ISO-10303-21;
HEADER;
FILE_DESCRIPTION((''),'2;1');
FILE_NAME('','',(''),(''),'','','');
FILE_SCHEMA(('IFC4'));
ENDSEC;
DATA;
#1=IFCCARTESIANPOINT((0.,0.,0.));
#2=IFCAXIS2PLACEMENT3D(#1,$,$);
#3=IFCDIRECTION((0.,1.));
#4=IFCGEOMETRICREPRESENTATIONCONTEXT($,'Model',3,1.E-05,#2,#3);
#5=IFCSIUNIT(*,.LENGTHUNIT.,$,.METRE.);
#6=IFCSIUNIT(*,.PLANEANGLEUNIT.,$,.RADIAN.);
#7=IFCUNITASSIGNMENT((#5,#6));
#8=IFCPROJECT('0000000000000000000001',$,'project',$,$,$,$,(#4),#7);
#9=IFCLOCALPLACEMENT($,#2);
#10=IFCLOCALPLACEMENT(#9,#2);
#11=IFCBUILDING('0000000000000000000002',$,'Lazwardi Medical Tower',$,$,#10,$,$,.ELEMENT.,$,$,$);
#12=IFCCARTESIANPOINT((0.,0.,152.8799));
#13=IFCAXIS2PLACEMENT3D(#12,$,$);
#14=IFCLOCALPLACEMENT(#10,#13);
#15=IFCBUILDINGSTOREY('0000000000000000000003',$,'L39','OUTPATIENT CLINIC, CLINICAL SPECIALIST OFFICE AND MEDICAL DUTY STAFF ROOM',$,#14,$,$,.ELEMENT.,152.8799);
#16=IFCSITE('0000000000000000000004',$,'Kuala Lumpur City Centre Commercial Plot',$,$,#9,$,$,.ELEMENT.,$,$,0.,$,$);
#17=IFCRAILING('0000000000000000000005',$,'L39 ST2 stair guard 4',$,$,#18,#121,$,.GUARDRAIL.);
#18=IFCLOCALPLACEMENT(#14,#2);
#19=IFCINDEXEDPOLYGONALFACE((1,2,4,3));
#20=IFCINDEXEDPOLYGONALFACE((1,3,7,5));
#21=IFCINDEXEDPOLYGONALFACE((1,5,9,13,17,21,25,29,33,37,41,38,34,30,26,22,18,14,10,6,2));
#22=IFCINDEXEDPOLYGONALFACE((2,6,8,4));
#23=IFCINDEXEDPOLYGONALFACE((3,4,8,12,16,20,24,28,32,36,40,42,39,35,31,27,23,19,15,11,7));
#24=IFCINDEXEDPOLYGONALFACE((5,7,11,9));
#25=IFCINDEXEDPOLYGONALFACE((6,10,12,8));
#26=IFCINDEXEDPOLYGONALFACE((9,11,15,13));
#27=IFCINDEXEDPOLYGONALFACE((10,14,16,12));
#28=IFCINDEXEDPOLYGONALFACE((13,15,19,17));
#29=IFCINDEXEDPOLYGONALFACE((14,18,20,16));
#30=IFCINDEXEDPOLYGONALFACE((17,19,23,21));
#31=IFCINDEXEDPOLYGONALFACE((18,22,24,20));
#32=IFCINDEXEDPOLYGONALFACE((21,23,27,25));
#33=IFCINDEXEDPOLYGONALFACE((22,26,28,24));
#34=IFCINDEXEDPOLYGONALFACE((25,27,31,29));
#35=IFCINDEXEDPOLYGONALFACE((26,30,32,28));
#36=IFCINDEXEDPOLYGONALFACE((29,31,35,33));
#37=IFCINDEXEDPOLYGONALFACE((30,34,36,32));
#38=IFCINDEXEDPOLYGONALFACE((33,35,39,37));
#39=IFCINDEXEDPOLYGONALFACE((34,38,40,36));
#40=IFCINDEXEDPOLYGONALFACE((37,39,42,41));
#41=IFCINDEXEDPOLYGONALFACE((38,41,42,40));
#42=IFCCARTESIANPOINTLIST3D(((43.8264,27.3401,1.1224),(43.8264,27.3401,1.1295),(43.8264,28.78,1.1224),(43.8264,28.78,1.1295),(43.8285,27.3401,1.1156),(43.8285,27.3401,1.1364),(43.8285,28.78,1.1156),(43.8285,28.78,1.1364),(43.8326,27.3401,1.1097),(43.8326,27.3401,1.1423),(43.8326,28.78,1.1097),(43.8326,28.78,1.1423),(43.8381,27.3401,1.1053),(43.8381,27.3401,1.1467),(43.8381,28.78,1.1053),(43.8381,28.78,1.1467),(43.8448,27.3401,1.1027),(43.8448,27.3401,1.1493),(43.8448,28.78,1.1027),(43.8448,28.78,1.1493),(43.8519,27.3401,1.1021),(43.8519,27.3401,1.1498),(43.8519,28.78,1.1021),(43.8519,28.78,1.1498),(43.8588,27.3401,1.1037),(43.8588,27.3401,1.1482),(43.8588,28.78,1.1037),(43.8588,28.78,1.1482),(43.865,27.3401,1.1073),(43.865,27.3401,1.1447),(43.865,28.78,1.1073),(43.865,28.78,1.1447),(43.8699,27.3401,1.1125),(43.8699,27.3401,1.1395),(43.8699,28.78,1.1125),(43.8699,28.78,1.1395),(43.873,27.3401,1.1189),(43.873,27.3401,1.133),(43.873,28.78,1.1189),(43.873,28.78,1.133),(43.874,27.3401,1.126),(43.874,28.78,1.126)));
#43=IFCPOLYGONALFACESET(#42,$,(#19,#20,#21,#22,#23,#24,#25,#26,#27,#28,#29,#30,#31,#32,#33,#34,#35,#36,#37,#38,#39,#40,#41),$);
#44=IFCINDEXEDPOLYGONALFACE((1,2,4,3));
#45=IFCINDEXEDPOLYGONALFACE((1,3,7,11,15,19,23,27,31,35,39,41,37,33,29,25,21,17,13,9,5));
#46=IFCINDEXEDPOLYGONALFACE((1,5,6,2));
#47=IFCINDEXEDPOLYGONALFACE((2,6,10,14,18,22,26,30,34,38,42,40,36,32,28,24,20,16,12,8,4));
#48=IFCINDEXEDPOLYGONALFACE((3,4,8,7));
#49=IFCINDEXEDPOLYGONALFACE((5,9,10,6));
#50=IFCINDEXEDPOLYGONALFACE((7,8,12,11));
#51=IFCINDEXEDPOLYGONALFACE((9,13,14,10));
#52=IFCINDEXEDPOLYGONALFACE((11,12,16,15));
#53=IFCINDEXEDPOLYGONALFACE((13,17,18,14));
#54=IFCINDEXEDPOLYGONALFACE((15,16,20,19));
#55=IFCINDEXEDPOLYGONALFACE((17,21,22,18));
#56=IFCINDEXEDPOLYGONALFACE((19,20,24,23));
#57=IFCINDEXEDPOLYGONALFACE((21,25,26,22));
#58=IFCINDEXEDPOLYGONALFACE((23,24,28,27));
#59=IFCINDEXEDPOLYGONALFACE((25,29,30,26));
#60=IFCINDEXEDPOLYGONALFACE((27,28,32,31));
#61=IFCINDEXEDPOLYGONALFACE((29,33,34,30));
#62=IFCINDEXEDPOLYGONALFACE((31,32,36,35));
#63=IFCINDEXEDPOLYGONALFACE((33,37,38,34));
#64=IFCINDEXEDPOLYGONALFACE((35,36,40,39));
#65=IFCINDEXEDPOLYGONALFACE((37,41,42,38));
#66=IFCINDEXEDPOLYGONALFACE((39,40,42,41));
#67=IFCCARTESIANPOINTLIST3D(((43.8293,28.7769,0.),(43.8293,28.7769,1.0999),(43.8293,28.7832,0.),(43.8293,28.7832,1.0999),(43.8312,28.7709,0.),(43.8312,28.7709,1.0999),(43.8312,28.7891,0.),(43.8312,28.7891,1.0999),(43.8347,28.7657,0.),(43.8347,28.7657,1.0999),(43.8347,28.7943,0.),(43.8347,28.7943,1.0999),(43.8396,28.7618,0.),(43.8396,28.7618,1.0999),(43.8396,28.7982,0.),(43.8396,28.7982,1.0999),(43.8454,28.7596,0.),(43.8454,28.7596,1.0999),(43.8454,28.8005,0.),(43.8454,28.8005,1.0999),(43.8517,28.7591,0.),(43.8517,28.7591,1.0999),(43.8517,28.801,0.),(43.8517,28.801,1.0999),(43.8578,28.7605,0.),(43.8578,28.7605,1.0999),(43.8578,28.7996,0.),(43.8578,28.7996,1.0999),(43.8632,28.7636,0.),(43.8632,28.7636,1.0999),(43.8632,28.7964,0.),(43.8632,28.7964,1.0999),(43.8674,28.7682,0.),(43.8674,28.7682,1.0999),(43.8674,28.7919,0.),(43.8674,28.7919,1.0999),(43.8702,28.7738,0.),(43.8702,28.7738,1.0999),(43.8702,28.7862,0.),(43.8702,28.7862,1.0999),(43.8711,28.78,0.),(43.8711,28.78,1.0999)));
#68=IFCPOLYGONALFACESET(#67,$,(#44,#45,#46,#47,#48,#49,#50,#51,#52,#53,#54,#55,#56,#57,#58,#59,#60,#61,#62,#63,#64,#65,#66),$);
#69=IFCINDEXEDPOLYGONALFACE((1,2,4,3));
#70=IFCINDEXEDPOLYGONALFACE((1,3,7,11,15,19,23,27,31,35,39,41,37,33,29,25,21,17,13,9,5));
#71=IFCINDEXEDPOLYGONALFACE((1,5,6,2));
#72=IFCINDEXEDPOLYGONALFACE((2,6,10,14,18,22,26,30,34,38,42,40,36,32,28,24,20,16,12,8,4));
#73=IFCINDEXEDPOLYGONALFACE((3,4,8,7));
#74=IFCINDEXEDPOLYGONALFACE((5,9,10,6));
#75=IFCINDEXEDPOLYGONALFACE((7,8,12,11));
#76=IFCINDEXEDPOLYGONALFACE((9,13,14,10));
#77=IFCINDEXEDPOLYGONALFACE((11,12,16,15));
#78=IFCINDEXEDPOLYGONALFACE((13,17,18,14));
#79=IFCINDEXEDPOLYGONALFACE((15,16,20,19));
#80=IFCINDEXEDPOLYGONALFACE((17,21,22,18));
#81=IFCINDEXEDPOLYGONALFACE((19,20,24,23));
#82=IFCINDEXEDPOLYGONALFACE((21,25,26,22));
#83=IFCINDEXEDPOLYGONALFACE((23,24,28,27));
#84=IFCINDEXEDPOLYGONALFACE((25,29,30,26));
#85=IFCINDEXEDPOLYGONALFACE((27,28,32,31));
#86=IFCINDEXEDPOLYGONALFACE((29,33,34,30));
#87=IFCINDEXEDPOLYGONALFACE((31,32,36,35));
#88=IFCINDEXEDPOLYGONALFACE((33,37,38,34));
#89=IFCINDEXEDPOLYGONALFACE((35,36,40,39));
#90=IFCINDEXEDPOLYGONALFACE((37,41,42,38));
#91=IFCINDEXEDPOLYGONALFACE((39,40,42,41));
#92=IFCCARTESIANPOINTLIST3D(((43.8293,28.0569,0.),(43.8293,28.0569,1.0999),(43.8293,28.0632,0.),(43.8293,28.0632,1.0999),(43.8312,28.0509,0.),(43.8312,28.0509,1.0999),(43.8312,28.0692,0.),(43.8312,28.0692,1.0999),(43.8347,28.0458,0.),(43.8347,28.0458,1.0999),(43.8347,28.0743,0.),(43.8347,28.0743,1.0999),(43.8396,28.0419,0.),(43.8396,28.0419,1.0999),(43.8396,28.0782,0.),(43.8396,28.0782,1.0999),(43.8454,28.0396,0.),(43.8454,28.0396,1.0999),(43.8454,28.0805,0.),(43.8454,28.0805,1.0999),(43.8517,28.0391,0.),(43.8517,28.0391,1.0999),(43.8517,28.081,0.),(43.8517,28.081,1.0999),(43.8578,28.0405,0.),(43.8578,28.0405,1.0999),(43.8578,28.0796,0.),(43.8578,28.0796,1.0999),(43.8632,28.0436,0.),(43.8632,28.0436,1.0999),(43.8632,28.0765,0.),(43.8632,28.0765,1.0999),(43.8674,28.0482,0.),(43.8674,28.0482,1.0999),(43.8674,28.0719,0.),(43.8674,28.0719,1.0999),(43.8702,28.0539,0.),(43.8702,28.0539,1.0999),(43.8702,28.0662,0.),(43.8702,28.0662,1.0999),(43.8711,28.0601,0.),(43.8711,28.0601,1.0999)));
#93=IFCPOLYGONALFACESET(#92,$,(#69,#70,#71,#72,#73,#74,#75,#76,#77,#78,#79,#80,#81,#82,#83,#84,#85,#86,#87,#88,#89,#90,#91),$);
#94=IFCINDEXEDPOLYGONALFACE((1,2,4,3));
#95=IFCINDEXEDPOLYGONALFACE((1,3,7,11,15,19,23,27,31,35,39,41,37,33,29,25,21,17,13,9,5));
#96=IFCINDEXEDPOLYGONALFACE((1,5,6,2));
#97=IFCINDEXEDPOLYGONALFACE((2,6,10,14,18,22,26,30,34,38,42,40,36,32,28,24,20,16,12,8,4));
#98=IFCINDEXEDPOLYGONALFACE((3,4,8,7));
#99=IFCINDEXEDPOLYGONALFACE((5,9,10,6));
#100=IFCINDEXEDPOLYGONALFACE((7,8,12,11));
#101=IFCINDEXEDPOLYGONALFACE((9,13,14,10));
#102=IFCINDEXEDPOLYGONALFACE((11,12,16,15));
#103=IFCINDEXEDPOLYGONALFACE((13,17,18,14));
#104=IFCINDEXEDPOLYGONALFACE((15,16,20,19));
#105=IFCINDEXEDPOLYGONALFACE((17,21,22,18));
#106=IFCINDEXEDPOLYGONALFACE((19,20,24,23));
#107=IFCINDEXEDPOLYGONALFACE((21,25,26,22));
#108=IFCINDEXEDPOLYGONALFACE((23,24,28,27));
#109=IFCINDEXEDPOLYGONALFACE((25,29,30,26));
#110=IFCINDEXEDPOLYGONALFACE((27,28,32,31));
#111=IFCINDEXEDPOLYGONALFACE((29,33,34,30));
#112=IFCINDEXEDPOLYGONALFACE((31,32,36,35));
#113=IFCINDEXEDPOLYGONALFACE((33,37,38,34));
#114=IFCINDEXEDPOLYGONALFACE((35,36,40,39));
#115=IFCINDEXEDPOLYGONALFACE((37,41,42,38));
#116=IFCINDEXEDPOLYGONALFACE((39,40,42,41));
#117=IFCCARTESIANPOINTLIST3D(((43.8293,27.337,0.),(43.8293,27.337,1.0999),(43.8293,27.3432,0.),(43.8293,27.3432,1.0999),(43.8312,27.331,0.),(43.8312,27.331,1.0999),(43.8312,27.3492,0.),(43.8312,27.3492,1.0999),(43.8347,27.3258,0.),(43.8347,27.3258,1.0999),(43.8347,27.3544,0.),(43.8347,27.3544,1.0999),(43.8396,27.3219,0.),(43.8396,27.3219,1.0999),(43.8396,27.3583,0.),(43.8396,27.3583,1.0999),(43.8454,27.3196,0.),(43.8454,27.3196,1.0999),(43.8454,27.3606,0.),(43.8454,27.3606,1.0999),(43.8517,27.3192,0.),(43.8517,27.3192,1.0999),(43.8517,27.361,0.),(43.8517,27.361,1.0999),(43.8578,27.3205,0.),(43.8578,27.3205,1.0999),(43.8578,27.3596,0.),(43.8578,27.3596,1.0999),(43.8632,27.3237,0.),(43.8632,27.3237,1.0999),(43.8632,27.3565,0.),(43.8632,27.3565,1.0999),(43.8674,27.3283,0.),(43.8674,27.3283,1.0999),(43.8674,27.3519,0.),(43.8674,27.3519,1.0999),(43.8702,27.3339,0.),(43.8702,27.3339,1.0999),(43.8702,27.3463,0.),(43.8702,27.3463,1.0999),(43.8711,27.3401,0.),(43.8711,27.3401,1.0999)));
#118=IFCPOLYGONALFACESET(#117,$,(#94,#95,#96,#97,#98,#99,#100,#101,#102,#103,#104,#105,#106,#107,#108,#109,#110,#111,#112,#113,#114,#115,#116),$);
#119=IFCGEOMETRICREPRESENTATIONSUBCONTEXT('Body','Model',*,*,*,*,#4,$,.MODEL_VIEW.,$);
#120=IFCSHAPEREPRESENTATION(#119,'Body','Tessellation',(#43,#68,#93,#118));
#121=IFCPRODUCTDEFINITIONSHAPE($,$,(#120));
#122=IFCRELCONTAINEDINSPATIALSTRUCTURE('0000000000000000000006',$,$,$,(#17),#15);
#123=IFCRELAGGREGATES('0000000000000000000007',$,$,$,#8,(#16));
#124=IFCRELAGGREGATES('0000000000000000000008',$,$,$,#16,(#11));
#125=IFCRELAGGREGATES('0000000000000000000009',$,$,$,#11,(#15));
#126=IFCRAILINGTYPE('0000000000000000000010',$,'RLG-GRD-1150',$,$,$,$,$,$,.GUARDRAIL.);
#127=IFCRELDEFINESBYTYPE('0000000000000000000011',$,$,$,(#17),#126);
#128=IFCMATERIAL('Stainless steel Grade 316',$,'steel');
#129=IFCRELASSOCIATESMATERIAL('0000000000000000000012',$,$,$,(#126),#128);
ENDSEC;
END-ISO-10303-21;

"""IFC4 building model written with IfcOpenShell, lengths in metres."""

from ifc_helpers import new_model, si_unit, direction, frame, origin, origin_2d, place, context, subcontext, project, spatial, circle, extrude, material, type_object, element, save


model = new_model("IFC4")

# Units and contexts
model_context = context("Model", 3, precision=1e-05, world=origin(), true_north=direction((0.0, 1.0)))
body_context = subcontext(model_context, "Body", "Model", "MODEL_VIEW")
ifc_project = project(units=[si_unit("LENGTHUNIT", "METRE"), si_unit("PLANEANGLEUNIT", "RADIAN")], contexts=[model_context])

# Site, building, storey
site_placement = place(None, origin())
site = spatial("IfcSite", under=ifc_project, at=site_placement, Name="Kuala Lumpur City Centre Commercial Plot", CompositionType="ELEMENT", RefElevation=0.0)
building_placement = place(site_placement, origin())
building = spatial("IfcBuilding", under=site, at=building_placement, Name="Lazwardi Medical Tower", CompositionType="ELEMENT")
storey_placement = place(building_placement, frame((0.0, 0.0, 152.8799)))
storey = spatial("IfcBuildingStorey", under=building, at=storey_placement, Name="L39", Description="OUTPATIENT CLINIC, CLINICAL SPECIALIST OFFICE AND MEDICAL DUTY STAFF ROOM", CompositionType="ELEMENT", Elevation=152.8799)

# Railing
ifc_material_1 = material(Name="Stainless steel Grade 316", Category="steel")
railing_type_1 = type_object("IfcRailingType", Name="RLG-GRD-1150", PredefinedType="GUARDRAIL", material=ifc_material_1)
railing_1_placement = place(storey_placement, frame((43.8501, 28.78, 0.0)))
element("IfcRailing", 1, at=railing_1_placement, inside=storey, type_object=railing_type_1, Name="L39 ST2 stair guard 4", PredefinedType="GUARDRAIL", context=body_context, shape_type="SweptSolid", body=[
    extrude(circle(Radius=0.0239, at=origin_2d()), frame((0.0, 0.0, 1.126), z_axis=(0.0, -1.0, 0.0), x_axis=(1.0, 0.0, 0.0)), (0.0, 0.0, 1.0), 1.4399),
    extrude(circle(Radius=0.021, at=origin_2d()), origin(), (0.0, 0.0, 1.0), 1.0999),
    extrude(circle(Radius=0.021, at=origin_2d()), frame((0.0, -0.72, 0.0)), (0.0, 0.0, 1.0), 1.0999),
    extrude(circle(Radius=0.021, at=origin_2d()), frame((0.0, -1.4399, 0.0)), (0.0, 0.0, 1.0), 1.0999),
])

save(model, "model.ifc")
